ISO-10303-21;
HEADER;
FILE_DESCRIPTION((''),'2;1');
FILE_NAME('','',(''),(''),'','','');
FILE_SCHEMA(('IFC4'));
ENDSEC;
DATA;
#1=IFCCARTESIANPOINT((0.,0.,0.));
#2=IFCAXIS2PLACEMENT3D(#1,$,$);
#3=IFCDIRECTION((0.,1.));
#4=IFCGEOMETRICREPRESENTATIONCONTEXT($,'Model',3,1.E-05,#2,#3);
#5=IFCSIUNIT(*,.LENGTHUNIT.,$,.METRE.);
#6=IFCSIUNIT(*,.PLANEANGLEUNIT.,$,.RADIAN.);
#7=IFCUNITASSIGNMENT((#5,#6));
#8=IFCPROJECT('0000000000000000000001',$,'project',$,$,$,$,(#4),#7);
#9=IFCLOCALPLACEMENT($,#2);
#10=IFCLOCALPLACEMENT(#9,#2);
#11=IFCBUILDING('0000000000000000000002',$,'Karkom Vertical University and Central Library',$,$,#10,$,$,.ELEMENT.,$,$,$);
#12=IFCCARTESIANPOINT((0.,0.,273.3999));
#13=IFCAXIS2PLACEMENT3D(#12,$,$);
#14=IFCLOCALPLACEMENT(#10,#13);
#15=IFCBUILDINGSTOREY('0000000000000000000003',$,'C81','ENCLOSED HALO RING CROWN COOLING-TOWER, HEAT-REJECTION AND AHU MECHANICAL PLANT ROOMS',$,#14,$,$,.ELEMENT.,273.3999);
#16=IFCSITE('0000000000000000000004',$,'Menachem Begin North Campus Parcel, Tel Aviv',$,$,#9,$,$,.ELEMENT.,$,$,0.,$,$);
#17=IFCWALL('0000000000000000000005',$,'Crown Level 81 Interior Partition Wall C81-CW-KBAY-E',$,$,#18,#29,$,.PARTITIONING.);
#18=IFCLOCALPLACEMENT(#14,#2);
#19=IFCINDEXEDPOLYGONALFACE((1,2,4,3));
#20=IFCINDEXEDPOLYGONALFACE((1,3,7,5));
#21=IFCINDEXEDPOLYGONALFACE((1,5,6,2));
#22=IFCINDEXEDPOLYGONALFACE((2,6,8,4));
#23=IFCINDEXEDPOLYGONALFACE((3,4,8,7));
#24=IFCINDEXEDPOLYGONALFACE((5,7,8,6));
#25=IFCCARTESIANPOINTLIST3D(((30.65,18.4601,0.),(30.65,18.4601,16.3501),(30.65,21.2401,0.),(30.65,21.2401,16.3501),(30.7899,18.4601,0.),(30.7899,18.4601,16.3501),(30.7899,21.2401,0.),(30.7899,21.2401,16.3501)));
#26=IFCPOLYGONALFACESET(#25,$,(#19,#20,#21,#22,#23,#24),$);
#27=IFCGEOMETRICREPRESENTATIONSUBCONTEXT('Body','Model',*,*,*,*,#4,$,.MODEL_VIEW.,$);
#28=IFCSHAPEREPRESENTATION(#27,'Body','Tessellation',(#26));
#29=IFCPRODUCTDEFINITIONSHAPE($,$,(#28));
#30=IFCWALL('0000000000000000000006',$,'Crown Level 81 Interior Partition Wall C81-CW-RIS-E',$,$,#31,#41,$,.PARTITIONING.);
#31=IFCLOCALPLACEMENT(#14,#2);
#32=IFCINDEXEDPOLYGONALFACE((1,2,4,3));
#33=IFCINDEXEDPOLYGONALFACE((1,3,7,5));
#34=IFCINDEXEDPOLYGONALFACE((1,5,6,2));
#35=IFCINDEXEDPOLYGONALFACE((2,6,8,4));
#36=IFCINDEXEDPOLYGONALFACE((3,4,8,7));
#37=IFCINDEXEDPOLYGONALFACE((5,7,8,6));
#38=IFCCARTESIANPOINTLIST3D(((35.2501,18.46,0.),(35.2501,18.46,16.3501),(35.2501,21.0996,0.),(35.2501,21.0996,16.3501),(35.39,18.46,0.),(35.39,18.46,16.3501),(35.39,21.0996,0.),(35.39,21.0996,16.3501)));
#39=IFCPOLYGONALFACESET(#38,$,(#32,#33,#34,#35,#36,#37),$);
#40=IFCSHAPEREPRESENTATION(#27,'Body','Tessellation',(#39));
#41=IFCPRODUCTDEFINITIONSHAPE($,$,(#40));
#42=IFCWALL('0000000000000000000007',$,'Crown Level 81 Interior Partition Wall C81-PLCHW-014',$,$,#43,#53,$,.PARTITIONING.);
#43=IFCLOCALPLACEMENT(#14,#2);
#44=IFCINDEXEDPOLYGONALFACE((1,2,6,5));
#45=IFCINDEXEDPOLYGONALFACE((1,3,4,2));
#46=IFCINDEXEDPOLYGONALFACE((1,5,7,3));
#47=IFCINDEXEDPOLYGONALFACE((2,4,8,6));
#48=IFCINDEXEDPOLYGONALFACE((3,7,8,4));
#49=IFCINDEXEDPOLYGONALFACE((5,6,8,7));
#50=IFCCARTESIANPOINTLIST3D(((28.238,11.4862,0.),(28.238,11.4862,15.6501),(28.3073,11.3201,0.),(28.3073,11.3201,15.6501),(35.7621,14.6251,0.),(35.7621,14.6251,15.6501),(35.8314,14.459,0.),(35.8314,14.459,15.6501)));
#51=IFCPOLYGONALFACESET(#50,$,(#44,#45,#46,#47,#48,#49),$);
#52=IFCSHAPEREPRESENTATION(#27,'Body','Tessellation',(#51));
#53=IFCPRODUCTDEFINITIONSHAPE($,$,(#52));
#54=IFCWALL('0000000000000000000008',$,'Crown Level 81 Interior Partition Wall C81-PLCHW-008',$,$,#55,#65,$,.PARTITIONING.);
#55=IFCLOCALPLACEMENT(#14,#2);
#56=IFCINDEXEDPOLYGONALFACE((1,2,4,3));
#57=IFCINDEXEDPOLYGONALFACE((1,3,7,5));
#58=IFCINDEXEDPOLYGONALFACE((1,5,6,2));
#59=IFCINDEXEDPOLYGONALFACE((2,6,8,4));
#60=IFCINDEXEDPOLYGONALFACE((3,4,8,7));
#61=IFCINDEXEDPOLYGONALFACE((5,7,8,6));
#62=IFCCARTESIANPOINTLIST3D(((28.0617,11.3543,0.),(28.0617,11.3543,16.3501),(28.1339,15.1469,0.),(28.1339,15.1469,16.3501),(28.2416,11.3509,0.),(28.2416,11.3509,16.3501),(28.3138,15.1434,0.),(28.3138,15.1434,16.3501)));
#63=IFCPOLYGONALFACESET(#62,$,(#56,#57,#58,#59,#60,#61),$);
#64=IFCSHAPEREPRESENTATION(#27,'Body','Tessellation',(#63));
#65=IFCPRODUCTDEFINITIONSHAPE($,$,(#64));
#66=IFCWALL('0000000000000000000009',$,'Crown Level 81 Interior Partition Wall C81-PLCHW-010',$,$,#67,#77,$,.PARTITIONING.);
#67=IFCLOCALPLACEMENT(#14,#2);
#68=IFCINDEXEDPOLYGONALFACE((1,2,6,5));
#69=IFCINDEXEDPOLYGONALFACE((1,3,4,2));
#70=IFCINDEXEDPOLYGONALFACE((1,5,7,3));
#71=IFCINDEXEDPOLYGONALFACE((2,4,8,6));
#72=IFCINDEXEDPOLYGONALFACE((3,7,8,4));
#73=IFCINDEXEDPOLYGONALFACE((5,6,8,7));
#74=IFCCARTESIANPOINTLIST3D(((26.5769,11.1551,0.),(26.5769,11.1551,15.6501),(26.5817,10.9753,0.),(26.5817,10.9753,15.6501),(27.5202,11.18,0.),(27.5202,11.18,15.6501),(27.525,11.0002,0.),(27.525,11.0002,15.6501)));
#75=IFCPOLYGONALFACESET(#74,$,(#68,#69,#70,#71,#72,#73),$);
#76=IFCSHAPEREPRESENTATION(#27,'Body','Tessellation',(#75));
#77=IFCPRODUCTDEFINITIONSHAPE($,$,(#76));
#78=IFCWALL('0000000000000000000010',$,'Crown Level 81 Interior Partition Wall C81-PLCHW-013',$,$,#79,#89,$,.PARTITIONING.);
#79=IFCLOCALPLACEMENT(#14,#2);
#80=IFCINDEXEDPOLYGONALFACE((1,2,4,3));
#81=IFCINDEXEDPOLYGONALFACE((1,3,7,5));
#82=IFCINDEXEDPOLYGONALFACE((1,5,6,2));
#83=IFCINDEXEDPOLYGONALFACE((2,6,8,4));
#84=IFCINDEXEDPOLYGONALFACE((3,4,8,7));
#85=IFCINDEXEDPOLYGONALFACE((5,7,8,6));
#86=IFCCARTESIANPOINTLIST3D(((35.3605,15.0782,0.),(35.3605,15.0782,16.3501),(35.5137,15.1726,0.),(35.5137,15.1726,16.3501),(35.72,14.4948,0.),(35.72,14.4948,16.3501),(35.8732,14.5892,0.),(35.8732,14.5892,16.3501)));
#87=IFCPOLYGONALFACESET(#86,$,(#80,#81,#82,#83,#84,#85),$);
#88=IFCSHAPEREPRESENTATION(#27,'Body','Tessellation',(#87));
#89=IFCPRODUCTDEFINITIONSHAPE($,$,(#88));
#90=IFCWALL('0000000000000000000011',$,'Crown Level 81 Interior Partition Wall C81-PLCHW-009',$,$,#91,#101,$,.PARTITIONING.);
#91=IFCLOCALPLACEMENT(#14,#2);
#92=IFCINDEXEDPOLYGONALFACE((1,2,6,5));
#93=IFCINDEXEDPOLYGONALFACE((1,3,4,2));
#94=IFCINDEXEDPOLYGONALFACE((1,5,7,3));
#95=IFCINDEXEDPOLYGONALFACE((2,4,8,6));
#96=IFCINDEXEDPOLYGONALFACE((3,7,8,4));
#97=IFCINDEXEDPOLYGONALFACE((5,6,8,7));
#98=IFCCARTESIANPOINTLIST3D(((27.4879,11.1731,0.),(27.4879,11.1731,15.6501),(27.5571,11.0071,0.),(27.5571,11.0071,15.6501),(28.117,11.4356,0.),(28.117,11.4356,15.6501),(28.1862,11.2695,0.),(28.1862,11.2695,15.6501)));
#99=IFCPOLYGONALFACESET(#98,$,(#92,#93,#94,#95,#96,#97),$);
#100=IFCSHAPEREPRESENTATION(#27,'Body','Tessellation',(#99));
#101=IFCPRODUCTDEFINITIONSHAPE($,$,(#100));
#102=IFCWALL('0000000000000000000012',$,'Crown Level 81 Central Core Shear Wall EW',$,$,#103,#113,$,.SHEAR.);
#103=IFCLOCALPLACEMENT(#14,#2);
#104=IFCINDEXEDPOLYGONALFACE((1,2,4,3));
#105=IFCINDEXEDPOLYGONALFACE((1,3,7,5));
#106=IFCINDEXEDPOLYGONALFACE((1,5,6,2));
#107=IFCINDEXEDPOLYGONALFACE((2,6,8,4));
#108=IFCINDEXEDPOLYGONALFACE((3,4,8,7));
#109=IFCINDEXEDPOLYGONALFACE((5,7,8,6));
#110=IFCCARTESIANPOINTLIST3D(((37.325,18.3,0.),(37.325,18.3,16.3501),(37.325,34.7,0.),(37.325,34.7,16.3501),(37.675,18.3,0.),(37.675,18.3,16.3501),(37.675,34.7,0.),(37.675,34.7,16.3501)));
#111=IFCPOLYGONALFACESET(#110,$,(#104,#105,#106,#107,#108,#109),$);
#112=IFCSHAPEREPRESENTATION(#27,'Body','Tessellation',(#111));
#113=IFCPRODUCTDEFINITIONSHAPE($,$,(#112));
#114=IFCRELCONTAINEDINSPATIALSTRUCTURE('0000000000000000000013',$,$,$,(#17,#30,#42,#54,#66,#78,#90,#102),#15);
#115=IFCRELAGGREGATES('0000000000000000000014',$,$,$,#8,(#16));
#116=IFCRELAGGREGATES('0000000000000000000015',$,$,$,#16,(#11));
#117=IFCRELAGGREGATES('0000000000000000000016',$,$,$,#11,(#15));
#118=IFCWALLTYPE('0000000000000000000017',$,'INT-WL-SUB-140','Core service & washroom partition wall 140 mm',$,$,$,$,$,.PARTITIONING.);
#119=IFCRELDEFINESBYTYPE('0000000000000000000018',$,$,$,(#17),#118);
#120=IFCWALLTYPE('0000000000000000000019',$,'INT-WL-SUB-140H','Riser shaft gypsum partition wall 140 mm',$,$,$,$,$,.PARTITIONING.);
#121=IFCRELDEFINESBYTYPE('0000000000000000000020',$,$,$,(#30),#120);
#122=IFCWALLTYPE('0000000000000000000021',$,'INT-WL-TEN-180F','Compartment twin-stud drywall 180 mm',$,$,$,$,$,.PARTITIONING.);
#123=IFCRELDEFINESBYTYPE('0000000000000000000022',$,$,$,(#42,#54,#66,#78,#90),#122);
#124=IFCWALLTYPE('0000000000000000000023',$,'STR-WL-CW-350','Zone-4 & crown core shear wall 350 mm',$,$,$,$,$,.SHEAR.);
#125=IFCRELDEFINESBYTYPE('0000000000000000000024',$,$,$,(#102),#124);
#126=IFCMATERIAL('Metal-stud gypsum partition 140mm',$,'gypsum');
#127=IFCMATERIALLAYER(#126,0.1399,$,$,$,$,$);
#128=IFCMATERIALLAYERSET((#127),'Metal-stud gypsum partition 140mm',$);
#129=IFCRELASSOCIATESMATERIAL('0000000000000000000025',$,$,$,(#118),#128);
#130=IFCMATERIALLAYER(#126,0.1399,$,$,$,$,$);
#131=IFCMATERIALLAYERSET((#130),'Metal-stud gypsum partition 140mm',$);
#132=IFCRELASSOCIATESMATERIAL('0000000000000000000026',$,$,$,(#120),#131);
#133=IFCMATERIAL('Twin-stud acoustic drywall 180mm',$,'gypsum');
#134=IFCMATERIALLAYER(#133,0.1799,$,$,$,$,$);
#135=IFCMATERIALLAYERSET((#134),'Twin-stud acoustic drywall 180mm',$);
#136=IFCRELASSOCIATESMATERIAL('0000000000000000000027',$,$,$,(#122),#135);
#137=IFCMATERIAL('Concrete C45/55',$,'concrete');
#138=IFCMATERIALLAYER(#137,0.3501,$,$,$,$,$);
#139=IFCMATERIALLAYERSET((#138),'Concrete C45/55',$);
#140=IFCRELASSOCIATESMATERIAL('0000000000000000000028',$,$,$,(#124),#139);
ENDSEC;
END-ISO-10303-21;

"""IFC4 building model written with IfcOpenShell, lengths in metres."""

from ifc_helpers import new_model, si_unit, direction, frame, frame_2d, origin, place, context, subcontext, project, spatial, rectangle, extrude, material, layer, layer_set, type_object, element, save


model = new_model("IFC4")

# Units and contexts
model_context = context("Model", 3, precision=1e-05, world=origin(), true_north=direction((0.0, 1.0)))
body_context = subcontext(model_context, "Body", "Model", "MODEL_VIEW")
ifc_project = project(units=[si_unit("LENGTHUNIT", "METRE"), si_unit("PLANEANGLEUNIT", "RADIAN")], contexts=[model_context])

# Site, building, storey
site_placement = place(None, origin())
site = spatial("IfcSite", under=ifc_project, at=site_placement, Name="Menachem Begin North Campus Parcel, Tel Aviv", CompositionType="ELEMENT", RefElevation=0.0)
building_placement = place(site_placement, origin())
building = spatial("IfcBuilding", under=site, at=building_placement, Name="Karkom Vertical University and Central Library", CompositionType="ELEMENT")
storey_placement = place(building_placement, frame((0.0, 0.0, 273.3999)))
storey = spatial("IfcBuildingStorey", under=building, at=storey_placement, Name="C81", Description="ENCLOSED HALO RING CROWN COOLING-TOWER, HEAT-REJECTION AND AHU MECHANICAL PLANT ROOMS", CompositionType="ELEMENT", Elevation=273.3999)

# Shared definitions
ifc_material_1 = material(Name="Concrete C45/55", Category="concrete")

# Walls
ifc_material_2 = material(Name="Metal-stud gypsum partition 140mm", Category="gypsum")
ifc_layer_1 = layer(ifc_material_2, 0.1399)
ifc_layer_set_1 = layer_set([ifc_layer_1], Name="Metal-stud gypsum partition 140mm")
wall_type_1 = type_object("IfcWallType", Name="INT-WL-SUB-140", Description="Core service & washroom partition wall 140 mm", PredefinedType="PARTITIONING", material=ifc_layer_set_1)
for number, where, z_axis, x_axis, name in (
    (1, (30.72, 18.46, 0.0), (0.0, 0.0, 1.0), (0.0, 1.0, 0.0), "Crown Level 81 Interior Partition Wall C81-CW-KBAY-E"),
):
    element("IfcWall", number, at=place(storey_placement, frame(where, z_axis=z_axis, x_axis=x_axis)), inside=storey, type_object=wall_type_1, Name=name, PredefinedType="PARTITIONING", context=body_context, shape_type="SweptSolid", body=[
        extrude(rectangle(XDim=2.78, YDim=0.1399, at=frame_2d((1.3901, 0.0))), origin(), (0.0, 0.0, 1.0), 16.3501),
    ])
ifc_layer_2 = layer(ifc_material_2, 0.1399)
ifc_layer_set_2 = layer_set([ifc_layer_2], Name="Metal-stud gypsum partition 140mm")
wall_type_2 = type_object("IfcWallType", Name="INT-WL-SUB-140H", Description="Riser shaft gypsum partition wall 140 mm", PredefinedType="PARTITIONING", material=ifc_layer_set_2)
wall_1_placement = place(storey_placement, frame((35.3201, 18.46, 0.0), z_axis=(0.0, 0.0, 1.0), x_axis=(0.0, 1.0, 0.0)))
element("IfcWall", 2, at=wall_1_placement, inside=storey, type_object=wall_type_2, Name="Crown Level 81 Interior Partition Wall C81-CW-RIS-E", PredefinedType="PARTITIONING", context=body_context, shape_type="SweptSolid", body=[
    extrude(rectangle(XDim=2.6396, YDim=0.1399, at=frame_2d((1.3198, 0.0))), origin(), (0.0, 0.0, 1.0), 16.3501),
])
ifc_material_3 = material(Name="Twin-stud acoustic drywall 180mm", Category="gypsum")
ifc_layer_3 = layer(ifc_material_3, 0.1799)
ifc_layer_set_3 = layer_set([ifc_layer_3], Name="Twin-stud acoustic drywall 180mm")
wall_type_3 = type_object("IfcWallType", Name="INT-WL-TEN-180F", Description="Compartment twin-stud drywall 180 mm", PredefinedType="PARTITIONING", material=ifc_layer_set_3)
wall_2_placement = place(storey_placement, frame((35.7966, 14.542, 0.0), z_axis=(0.0, 0.0, 1.0), x_axis=(-0.922909, -0.385017, 0.0)))
element("IfcWall", 3, at=wall_2_placement, inside=storey, type_object=wall_type_3, Name="Crown Level 81 Interior Partition Wall C81-PLCHW-014", PredefinedType="PARTITIONING", context=body_context, shape_type="SweptSolid", body=[
    extrude(rectangle(XDim=8.1526, YDim=0.1799, at=frame_2d((4.0762, 0.0))), origin(), (0.0, 0.0, 1.0), 15.6501),
])
wall_3_placement = place(storey_placement, frame((28.2239, 15.145, 0.0), z_axis=(0.0, 0.0, 1.0), x_axis=(-0.019052, -0.999819, 0.0)))
element("IfcWall", 4, at=wall_3_placement, inside=storey, type_object=wall_type_3, Name="Crown Level 81 Interior Partition Wall C81-PLCHW-008", PredefinedType="PARTITIONING", context=body_context, shape_type="SweptSolid", body=[
    extrude(rectangle(XDim=3.7932, YDim=0.1799, at=frame_2d((1.8965, 0.0))), origin(), (0.0, 0.0, 1.0), 16.3501),
])
wall_4_placement = place(storey_placement, frame((27.5225, 11.0901, 0.0), z_axis=(0.0, 0.0, 1.0), x_axis=(-0.999652, -0.026388, 0.0)))
element("IfcWall", 5, at=wall_4_placement, inside=storey, type_object=wall_type_3, Name="Crown Level 81 Interior Partition Wall C81-PLCHW-010", PredefinedType="PARTITIONING", context=body_context, shape_type="SweptSolid", body=[
    extrude(rectangle(XDim=0.9436, YDim=0.1799, at=frame_2d((0.4717, 0.0))), origin(), (0.0, 0.0, 1.0), 15.6501),
])
wall_5_placement = place(storey_placement, frame((35.437, 15.1255, 0.0), z_axis=(0.0, 0.0, 1.0), x_axis=(0.524674, -0.851303, 0.0)))
element("IfcWall", 6, at=wall_5_placement, inside=storey, type_object=wall_type_3, Name="Crown Level 81 Interior Partition Wall C81-PLCHW-013", PredefinedType="PARTITIONING", context=body_context, shape_type="SweptSolid", body=[
    extrude(rectangle(XDim=0.6853, YDim=0.1799, at=frame_2d((0.3428, 0.0))), origin(), (0.0, 0.0, 1.0), 16.3501),
])
wall_6_placement = place(storey_placement, frame((28.1516, 11.3525, 0.0), z_axis=(0.0, 0.0, 1.0), x_axis=(-0.922918, -0.384997, 0.0)))
element("IfcWall", 7, at=wall_6_placement, inside=storey, type_object=wall_type_3, Name="Crown Level 81 Interior Partition Wall C81-PLCHW-009", PredefinedType="PARTITIONING", context=body_context, shape_type="SweptSolid", body=[
    extrude(rectangle(XDim=0.6816, YDim=0.1799, at=frame_2d((0.3408, 0.0))), origin(), (0.0, 0.0, 1.0), 15.6501),
])
ifc_layer_4 = layer(ifc_material_1, 0.3501)
ifc_layer_set_4 = layer_set([ifc_layer_4], Name="Concrete C45/55")
wall_type_4 = type_object("IfcWallType", Name="STR-WL-CW-350", Description="Zone-4 & crown core shear wall 350 mm", PredefinedType="SHEAR", material=ifc_layer_set_4)
wall_7_placement = place(storey_placement, frame((37.5, 18.3, 0.0), z_axis=(0.0, 0.0, 1.0), x_axis=(0.0, 1.0, 0.0)))
element("IfcWall", 8, at=wall_7_placement, inside=storey, type_object=wall_type_4, Name="Crown Level 81 Central Core Shear Wall EW", PredefinedType="SHEAR", context=body_context, shape_type="SweptSolid", body=[
    extrude(rectangle(XDim=16.3999, YDim=0.3501, at=frame_2d((8.2, 0.0))), origin(), (0.0, 0.0, 1.0), 16.3501),
])

save(model, "model.ifc")
